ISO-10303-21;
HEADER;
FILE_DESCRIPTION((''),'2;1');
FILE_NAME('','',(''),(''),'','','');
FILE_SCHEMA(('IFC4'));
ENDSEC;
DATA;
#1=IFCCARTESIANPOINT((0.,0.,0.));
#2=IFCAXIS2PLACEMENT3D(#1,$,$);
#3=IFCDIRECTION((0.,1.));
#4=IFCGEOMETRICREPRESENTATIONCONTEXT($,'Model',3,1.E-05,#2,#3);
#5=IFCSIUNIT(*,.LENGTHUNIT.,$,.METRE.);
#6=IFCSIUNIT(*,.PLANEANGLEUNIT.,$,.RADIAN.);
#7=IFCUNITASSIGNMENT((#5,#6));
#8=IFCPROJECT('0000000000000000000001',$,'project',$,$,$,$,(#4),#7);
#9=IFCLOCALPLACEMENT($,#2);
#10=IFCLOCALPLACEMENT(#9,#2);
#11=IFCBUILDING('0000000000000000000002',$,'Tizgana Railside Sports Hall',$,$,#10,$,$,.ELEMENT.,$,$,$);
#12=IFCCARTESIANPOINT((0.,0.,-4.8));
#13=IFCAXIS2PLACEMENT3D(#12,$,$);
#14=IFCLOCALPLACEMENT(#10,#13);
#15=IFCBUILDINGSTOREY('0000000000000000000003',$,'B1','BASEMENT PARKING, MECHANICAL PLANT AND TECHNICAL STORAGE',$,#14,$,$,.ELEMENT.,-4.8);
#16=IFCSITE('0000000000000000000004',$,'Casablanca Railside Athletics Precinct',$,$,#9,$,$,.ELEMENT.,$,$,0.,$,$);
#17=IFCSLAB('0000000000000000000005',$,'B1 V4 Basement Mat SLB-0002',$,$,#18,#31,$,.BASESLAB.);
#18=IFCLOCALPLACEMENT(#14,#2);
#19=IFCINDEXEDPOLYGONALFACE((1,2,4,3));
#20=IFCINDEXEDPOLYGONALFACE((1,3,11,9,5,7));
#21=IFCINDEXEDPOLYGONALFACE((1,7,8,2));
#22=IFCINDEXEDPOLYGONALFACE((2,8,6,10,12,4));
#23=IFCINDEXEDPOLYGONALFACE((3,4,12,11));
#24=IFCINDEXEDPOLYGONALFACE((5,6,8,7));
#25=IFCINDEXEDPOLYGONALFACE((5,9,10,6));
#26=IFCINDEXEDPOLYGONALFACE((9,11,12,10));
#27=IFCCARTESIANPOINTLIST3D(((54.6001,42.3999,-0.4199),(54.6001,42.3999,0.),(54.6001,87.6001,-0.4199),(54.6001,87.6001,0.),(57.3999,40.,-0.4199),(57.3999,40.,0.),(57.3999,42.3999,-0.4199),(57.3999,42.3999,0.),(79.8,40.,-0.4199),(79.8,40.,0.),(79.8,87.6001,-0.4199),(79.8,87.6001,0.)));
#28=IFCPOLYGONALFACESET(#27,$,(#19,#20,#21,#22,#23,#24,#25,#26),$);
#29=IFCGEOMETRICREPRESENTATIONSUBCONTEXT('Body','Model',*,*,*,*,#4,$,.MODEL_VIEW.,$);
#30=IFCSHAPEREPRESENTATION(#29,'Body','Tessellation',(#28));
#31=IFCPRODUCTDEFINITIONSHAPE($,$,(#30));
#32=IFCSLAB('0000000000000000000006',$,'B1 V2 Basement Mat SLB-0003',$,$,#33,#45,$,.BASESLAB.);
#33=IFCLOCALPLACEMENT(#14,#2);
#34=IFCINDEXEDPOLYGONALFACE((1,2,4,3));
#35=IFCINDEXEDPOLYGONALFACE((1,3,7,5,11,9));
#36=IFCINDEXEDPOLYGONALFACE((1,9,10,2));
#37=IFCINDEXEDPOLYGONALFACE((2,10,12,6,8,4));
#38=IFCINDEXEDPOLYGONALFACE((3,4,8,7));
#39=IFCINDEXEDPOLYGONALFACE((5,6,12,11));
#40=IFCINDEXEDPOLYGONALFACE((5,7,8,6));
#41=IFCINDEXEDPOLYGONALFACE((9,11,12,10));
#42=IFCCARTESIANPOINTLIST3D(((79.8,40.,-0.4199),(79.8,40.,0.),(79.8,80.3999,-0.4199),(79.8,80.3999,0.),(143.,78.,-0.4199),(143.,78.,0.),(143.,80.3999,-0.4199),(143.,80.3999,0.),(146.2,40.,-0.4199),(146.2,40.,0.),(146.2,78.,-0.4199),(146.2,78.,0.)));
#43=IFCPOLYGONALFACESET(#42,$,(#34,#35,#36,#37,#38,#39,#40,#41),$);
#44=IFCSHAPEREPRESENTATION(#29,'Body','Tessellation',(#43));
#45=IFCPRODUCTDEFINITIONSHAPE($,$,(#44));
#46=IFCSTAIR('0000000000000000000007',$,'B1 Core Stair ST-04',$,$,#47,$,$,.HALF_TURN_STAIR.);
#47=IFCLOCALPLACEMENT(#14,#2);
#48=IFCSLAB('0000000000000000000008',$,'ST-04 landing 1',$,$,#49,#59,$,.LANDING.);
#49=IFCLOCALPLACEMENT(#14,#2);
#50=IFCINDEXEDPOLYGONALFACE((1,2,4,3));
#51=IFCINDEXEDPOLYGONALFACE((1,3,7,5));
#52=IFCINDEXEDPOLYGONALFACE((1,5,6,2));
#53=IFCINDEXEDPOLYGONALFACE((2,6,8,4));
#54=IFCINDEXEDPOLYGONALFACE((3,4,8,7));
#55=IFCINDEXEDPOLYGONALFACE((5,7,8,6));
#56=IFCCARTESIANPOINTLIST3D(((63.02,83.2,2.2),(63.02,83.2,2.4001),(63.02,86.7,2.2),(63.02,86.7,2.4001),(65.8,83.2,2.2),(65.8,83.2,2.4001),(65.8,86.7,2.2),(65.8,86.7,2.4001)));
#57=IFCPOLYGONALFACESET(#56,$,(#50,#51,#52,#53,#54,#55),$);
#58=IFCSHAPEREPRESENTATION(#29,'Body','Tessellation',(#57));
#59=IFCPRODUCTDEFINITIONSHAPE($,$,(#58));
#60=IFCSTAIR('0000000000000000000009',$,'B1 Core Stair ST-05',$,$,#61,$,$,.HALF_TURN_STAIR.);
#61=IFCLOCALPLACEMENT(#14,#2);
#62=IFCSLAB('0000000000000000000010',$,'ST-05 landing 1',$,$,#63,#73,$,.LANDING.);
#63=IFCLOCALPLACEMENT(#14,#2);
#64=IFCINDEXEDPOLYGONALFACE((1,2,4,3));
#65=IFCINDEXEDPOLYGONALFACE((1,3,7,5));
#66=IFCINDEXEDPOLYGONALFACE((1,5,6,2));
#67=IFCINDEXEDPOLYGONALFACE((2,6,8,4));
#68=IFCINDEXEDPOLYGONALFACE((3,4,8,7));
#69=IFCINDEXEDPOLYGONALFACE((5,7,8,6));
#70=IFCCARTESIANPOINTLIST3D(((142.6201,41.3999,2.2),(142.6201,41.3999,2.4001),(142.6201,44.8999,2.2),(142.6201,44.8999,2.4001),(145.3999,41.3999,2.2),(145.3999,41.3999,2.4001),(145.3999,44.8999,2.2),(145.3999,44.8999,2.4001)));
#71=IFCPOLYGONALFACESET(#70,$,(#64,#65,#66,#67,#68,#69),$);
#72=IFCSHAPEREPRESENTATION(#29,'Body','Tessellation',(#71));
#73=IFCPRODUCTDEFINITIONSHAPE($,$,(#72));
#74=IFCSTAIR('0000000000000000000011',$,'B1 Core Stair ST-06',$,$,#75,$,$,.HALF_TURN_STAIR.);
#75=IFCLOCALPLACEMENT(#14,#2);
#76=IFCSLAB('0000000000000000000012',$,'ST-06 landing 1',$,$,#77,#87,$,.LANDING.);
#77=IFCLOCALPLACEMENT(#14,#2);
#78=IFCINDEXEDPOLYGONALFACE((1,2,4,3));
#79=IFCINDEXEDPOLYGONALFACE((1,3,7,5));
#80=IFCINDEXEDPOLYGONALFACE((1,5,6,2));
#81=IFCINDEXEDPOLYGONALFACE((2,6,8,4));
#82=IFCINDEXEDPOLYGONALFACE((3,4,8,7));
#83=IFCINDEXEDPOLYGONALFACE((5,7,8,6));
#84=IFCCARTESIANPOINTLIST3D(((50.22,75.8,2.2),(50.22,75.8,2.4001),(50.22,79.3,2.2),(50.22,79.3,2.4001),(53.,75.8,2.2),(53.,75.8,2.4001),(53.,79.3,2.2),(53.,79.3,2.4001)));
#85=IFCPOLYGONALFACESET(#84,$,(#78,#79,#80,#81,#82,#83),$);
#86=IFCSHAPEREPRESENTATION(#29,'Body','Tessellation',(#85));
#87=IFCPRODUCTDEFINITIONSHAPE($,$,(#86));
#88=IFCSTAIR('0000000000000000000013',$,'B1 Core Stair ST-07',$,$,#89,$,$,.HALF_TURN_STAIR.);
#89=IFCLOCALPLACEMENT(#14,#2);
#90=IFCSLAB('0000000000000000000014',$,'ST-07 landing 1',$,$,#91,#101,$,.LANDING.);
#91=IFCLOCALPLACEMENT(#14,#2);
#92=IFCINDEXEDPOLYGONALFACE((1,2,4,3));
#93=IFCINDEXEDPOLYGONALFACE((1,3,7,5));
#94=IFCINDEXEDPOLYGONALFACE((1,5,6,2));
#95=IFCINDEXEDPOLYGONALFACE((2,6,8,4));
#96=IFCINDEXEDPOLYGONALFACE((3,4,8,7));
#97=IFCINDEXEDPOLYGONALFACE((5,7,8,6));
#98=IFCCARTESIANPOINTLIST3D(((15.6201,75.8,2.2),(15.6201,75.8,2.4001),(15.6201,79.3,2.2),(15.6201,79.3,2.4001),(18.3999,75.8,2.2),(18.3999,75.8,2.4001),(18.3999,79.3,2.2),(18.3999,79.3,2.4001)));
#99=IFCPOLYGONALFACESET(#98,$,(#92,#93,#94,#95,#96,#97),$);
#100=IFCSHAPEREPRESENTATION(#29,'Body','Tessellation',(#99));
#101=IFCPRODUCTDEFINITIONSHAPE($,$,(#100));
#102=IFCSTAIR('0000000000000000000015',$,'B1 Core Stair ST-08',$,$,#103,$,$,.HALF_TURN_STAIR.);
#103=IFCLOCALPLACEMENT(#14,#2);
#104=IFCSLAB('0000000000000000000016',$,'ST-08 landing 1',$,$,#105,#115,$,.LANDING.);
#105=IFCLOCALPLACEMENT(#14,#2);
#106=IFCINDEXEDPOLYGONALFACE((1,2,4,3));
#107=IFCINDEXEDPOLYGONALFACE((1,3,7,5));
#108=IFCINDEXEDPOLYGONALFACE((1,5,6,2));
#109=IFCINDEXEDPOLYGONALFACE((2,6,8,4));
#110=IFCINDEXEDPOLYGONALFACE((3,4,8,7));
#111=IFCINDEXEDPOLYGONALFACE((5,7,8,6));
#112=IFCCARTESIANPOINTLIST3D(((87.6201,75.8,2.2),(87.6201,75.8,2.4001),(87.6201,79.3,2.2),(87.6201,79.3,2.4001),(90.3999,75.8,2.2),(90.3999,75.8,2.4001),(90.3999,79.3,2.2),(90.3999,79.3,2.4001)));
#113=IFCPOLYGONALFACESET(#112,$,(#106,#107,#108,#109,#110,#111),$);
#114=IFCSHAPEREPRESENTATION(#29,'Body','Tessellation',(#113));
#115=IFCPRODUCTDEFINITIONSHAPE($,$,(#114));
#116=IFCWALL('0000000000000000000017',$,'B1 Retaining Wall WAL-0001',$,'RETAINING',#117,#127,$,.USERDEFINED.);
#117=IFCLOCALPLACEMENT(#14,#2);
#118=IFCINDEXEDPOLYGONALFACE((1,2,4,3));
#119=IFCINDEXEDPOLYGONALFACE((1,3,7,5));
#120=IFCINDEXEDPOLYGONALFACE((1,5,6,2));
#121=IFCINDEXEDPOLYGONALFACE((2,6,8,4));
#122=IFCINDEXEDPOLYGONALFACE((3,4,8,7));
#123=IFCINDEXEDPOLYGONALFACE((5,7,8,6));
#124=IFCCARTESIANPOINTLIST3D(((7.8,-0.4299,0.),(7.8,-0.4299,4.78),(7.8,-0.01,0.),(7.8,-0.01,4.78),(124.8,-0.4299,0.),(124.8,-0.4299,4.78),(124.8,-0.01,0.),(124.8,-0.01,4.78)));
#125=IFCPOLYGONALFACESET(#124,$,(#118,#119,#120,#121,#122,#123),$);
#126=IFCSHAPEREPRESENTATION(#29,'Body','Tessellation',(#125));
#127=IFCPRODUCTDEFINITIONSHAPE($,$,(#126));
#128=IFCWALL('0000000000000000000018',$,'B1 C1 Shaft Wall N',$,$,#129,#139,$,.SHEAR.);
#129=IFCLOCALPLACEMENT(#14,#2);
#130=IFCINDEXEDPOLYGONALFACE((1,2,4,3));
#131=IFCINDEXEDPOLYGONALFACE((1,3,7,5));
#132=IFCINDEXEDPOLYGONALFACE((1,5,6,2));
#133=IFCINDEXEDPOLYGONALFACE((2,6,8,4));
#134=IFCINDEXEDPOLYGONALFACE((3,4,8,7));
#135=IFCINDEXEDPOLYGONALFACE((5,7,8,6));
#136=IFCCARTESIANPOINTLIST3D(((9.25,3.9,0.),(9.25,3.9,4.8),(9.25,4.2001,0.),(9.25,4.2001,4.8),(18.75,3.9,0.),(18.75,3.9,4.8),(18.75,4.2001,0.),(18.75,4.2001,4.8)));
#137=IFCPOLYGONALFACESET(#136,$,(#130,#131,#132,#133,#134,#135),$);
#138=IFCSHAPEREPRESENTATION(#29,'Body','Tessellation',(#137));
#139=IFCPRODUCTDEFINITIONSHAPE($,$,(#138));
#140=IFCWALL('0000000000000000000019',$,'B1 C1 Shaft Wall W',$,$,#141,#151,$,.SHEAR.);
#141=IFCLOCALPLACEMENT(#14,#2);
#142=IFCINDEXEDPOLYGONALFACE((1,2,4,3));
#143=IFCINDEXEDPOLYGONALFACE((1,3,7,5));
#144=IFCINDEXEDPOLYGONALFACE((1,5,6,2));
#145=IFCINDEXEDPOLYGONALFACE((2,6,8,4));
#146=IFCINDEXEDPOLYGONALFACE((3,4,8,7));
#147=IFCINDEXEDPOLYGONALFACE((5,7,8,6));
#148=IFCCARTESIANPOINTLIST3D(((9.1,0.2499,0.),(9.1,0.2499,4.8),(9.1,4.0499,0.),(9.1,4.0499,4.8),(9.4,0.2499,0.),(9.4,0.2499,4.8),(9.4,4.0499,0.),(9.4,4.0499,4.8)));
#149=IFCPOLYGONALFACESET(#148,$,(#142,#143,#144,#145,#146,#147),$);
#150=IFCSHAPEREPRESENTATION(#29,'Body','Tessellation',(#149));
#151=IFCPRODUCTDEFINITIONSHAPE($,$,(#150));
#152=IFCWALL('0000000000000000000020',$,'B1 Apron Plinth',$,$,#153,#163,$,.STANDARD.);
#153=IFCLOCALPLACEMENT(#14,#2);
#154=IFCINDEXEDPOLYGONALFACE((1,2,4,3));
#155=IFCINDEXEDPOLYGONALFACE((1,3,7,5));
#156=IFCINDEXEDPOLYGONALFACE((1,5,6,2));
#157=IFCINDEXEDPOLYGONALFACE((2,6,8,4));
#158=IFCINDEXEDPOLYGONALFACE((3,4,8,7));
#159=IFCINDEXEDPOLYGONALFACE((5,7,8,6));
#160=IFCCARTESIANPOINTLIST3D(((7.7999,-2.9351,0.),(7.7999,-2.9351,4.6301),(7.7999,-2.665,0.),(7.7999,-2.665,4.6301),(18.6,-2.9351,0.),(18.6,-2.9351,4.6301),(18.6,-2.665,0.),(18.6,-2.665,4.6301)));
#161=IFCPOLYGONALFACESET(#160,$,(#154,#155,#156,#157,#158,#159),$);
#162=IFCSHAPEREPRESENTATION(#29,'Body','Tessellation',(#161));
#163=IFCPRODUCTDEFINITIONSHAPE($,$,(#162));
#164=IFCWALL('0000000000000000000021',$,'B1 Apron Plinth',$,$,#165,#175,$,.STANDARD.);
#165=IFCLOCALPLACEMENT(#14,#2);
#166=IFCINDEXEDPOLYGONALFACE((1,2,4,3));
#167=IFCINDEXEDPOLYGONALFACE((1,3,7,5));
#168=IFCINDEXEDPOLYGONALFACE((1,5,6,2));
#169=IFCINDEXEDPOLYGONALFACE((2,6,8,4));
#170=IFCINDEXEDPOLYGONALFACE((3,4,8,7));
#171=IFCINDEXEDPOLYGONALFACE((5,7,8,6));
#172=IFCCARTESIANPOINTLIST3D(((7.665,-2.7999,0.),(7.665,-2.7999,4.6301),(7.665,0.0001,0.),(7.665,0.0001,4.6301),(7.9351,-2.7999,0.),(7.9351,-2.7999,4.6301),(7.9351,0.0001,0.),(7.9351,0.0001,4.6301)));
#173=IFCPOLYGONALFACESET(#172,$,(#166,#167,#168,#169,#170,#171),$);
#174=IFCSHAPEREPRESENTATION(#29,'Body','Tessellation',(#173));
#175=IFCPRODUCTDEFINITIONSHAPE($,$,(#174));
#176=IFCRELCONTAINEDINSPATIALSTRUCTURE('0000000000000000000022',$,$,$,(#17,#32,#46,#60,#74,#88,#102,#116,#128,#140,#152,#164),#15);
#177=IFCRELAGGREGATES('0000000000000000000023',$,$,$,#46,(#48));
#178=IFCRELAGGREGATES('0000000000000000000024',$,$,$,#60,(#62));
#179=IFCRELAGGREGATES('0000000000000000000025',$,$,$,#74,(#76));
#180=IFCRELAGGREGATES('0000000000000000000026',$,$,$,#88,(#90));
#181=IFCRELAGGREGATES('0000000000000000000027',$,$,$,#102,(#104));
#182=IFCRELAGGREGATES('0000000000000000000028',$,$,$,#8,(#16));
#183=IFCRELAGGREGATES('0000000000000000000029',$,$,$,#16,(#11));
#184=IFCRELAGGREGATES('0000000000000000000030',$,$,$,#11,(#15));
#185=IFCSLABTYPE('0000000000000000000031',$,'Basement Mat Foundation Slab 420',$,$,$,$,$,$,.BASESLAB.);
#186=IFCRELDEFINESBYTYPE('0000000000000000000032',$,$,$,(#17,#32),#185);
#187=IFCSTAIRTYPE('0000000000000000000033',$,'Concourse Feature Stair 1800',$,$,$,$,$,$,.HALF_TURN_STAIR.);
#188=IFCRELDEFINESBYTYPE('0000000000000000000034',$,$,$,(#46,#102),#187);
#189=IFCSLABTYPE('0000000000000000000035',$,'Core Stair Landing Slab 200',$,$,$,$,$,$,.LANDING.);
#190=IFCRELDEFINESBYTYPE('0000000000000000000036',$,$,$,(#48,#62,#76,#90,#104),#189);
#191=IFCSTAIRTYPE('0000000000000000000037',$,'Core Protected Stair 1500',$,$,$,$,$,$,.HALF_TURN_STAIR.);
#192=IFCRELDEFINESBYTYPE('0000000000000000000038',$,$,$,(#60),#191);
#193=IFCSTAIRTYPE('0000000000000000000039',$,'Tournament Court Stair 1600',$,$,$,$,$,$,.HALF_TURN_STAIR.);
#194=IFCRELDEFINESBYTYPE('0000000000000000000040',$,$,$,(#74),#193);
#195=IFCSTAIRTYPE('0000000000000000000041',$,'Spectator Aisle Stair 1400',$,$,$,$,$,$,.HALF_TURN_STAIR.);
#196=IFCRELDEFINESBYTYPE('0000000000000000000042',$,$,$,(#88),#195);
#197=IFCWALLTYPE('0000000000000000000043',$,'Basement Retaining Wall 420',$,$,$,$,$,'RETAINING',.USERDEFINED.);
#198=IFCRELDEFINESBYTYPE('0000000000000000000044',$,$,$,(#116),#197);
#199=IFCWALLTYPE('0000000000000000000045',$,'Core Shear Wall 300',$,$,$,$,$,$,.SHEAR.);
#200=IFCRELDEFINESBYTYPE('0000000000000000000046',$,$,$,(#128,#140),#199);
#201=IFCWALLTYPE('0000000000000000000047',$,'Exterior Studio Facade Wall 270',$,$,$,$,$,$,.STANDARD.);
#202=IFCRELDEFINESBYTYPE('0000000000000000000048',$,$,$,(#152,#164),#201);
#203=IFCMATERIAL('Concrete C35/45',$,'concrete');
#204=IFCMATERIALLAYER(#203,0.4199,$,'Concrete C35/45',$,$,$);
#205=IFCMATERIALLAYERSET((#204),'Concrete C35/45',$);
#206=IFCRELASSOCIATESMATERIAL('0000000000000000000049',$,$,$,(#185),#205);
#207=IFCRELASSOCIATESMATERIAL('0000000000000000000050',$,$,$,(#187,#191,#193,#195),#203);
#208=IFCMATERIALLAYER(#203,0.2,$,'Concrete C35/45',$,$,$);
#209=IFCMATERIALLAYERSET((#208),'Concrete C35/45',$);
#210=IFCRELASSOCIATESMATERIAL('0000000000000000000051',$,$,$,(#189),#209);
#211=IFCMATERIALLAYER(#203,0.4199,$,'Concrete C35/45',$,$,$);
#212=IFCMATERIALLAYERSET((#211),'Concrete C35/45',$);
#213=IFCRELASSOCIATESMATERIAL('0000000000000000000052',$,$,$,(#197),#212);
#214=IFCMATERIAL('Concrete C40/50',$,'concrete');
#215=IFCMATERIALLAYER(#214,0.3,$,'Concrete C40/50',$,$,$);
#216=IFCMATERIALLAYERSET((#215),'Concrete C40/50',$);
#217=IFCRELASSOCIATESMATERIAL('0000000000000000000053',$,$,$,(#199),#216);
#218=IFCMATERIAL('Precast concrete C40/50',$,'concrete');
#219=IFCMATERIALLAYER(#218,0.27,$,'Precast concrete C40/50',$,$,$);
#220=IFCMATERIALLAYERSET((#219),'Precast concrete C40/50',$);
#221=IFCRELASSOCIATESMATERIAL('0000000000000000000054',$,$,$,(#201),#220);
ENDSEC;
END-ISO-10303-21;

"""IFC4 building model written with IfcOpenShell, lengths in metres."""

from ifc_helpers import new_model, si_unit, direction, frame, frame_2d, origin, place, context, subcontext, project, spatial, polyline, rectangle, outline, extrude, material, layer, layer_set, type_object, element, aggregate, save


model = new_model("IFC4")

# Units and contexts
model_context = context("Model", 3, precision=1e-05, world=origin(), true_north=direction((0.0, 1.0)))
body_context = subcontext(model_context, "Body", "Model", "MODEL_VIEW")
ifc_project = project(units=[si_unit("LENGTHUNIT", "METRE"), si_unit("PLANEANGLEUNIT", "RADIAN")], contexts=[model_context])

# Site, building, storey
site_placement = place(None, origin())
site = spatial("IfcSite", under=ifc_project, at=site_placement, Name="Casablanca Railside Athletics Precinct", CompositionType="ELEMENT", RefElevation=0.0)
building_placement = place(site_placement, origin())
building = spatial("IfcBuilding", under=site, at=building_placement, Name="Tizgana Railside Sports Hall", CompositionType="ELEMENT")
storey_placement = place(building_placement, frame((0.0, 0.0, -4.8)))
storey = spatial("IfcBuildingStorey", under=building, at=storey_placement, Name="B1", Description="BASEMENT PARKING, MECHANICAL PLANT AND TECHNICAL STORAGE", CompositionType="ELEMENT", Elevation=-4.8)

# Shared definitions
ifc_material_1 = material(Name="Concrete C35/45", Category="concrete")

# Shared definitions
ifc_material_2 = material(Name="Concrete C40/50", Category="concrete")

# Slabs
ifc_layer_1 = layer(ifc_material_1, 0.4199, Name="Concrete C35/45")
ifc_layer_set_1 = layer_set([ifc_layer_1], Name="Concrete C35/45")
slab_type_1 = type_object("IfcSlabType", Name="Basement Mat Foundation Slab 420", PredefinedType="BASESLAB", material=ifc_layer_set_1)
slab_1_placement = place(storey_placement, frame((0.0, 0.0, -0.4199)))
element("IfcSlab", 1, at=slab_1_placement, inside=storey, type_object=slab_type_1, Name="B1 V4 Basement Mat SLB-0002", PredefinedType="BASESLAB", context=body_context, shape_type="SweptSolid", body=[
    extrude(outline(polyline([(57.3999, 40.0), (79.8, 40.0), (79.8, 87.6001), (54.6001, 87.6001), (54.6001, 42.3999), (57.3999, 42.3999), (57.3999, 40.0)])), origin(), (0.0, 0.0, 1.0), 0.4199),
])
slab_2_placement = place(storey_placement, frame((0.0, 0.0, -0.4199)))
element("IfcSlab", 2, at=slab_2_placement, inside=storey, type_object=slab_type_1, Name="B1 V2 Basement Mat SLB-0003", PredefinedType="BASESLAB", context=body_context, shape_type="SweptSolid", body=[
    extrude(outline(polyline([(79.8, 40.0), (146.2, 40.0), (146.2, 78.0), (143.0, 78.0), (143.0, 80.3999), (79.8, 80.3999), (79.8, 40.0)])), origin(), (0.0, 0.0, 1.0), 0.4199),
])

# Stairs, slabs
stair_type_1 = type_object("IfcStairType", Name="Concourse Feature Stair 1800", PredefinedType="HALF_TURN_STAIR", material=ifc_material_1)
stair_1_placement = place(storey_placement, origin())
stair_1 = element("IfcStair", 3, at=stair_1_placement, inside=storey, type_object=stair_type_1, Name="B1 Core Stair ST-04", PredefinedType="HALF_TURN_STAIR")
ifc_layer_2 = layer(ifc_material_1, 0.2, Name="Concrete C35/45")
ifc_layer_set_2 = layer_set([ifc_layer_2], Name="Concrete C35/45")
slab_type_2 = type_object("IfcSlabType", Name="Core Stair Landing Slab 200", PredefinedType="LANDING", material=ifc_layer_set_2)
slab_3_placement = place(storey_placement, frame((0.0, 0.0, 2.2)))
slab_3 = element("IfcSlab", 4, at=slab_3_placement, type_object=slab_type_2, Name="ST-04 landing 1", PredefinedType="LANDING", context=body_context, shape_type="SweptSolid", body=[
    extrude(outline(polyline([(63.02, 83.2), (65.8, 83.2), (65.8, 86.7), (63.02, 86.7), (63.02, 83.2)])), origin(), (0.0, 0.0, 1.0), 0.2002),
])
aggregate(stair_1, [slab_3])
stair_type_2 = type_object("IfcStairType", Name="Core Protected Stair 1500", PredefinedType="HALF_TURN_STAIR", material=ifc_material_1)
stair_2_placement = place(storey_placement, origin())
stair_2 = element("IfcStair", 5, at=stair_2_placement, inside=storey, type_object=stair_type_2, Name="B1 Core Stair ST-05", PredefinedType="HALF_TURN_STAIR")
slab_4_placement = place(storey_placement, frame((0.0, 0.0, 2.2)))
slab_4 = element("IfcSlab", 6, at=slab_4_placement, type_object=slab_type_2, Name="ST-05 landing 1", PredefinedType="LANDING", context=body_context, shape_type="SweptSolid", body=[
    extrude(outline(polyline([(142.6201, 41.3999), (145.3999, 41.3999), (145.3999, 44.8999), (142.6201, 44.8999), (142.6201, 41.3999)])), origin(), (0.0, 0.0, 1.0), 0.2002),
])
aggregate(stair_2, [slab_4])
stair_type_3 = type_object("IfcStairType", Name="Tournament Court Stair 1600", PredefinedType="HALF_TURN_STAIR", material=ifc_material_1)
stair_3_placement = place(storey_placement, origin())
stair_3 = element("IfcStair", 7, at=stair_3_placement, inside=storey, type_object=stair_type_3, Name="B1 Core Stair ST-06", PredefinedType="HALF_TURN_STAIR")
slab_5_placement = place(storey_placement, frame((0.0, 0.0, 2.2)))
slab_5 = element("IfcSlab", 8, at=slab_5_placement, type_object=slab_type_2, Name="ST-06 landing 1", PredefinedType="LANDING", context=body_context, shape_type="SweptSolid", body=[
    extrude(outline(polyline([(50.22, 75.8), (53.0, 75.8), (53.0, 79.3), (50.22, 79.3), (50.22, 75.8)])), origin(), (0.0, 0.0, 1.0), 0.2002),
])
aggregate(stair_3, [slab_5])
stair_type_4 = type_object("IfcStairType", Name="Spectator Aisle Stair 1400", PredefinedType="HALF_TURN_STAIR", material=ifc_material_1)
stair_4_placement = place(storey_placement, origin())
stair_4 = element("IfcStair", 9, at=stair_4_placement, inside=storey, type_object=stair_type_4, Name="B1 Core Stair ST-07", PredefinedType="HALF_TURN_STAIR")
slab_6_placement = place(storey_placement, frame((0.0, 0.0, 2.2)))
slab_6 = element("IfcSlab", 10, at=slab_6_placement, type_object=slab_type_2, Name="ST-07 landing 1", PredefinedType="LANDING", context=body_context, shape_type="SweptSolid", body=[
    extrude(outline(polyline([(15.6201, 75.8), (18.3999, 75.8), (18.3999, 79.3), (15.6201, 79.3), (15.6201, 75.8)])), origin(), (0.0, 0.0, 1.0), 0.2002),
])
aggregate(stair_4, [slab_6])
stair_5_placement = place(storey_placement, origin())
stair_5 = element("IfcStair", 11, at=stair_5_placement, inside=storey, type_object=stair_type_1, Name="B1 Core Stair ST-08", PredefinedType="HALF_TURN_STAIR")
slab_7_placement = place(storey_placement, frame((0.0, 0.0, 2.2)))
slab_7 = element("IfcSlab", 12, at=slab_7_placement, type_object=slab_type_2, Name="ST-08 landing 1", PredefinedType="LANDING", context=body_context, shape_type="SweptSolid", body=[
    extrude(outline(polyline([(87.6201, 75.8), (90.3999, 75.8), (90.3999, 79.3), (87.6201, 79.3), (87.6201, 75.8)])), origin(), (0.0, 0.0, 1.0), 0.2002),
])
aggregate(stair_5, [slab_7])

# Walls
ifc_layer_3 = layer(ifc_material_1, 0.4199, Name="Concrete C35/45")
ifc_layer_set_3 = layer_set([ifc_layer_3], Name="Concrete C35/45")
wall_type_1 = type_object("IfcWallType", Name="Basement Retaining Wall 420", ElementType="RETAINING", PredefinedType="USERDEFINED", material=ifc_layer_set_3)
wall_1_placement = place(storey_placement, frame((7.8, -0.22, 0.0), z_axis=(0.0, 0.0, 1.0), x_axis=(1.0, 0.0, 0.0)))
element("IfcWall", 13, at=wall_1_placement, inside=storey, type_object=wall_type_1, Name="B1 Retaining Wall WAL-0001", ObjectType="RETAINING", PredefinedType="USERDEFINED", context=body_context, shape_type="SweptSolid", body=[
    extrude(rectangle(XDim=117.0, YDim=0.4199, at=frame_2d((58.5, 0.0))), origin(), (0.0, 0.0, 1.0), 4.78),
])
ifc_layer_4 = layer(ifc_material_2, 0.3, Name="Concrete C40/50")
ifc_layer_set_4 = layer_set([ifc_layer_4], Name="Concrete C40/50")
wall_type_2 = type_object("IfcWallType", Name="Core Shear Wall 300", PredefinedType="SHEAR", material=ifc_layer_set_4)
wall_2_placement = place(storey_placement, frame((9.25, 4.05, 0.0), z_axis=(0.0, 0.0, 1.0), x_axis=(1.0, 0.0, 0.0)))
element("IfcWall", 14, at=wall_2_placement, inside=storey, type_object=wall_type_2, Name="B1 C1 Shaft Wall N", PredefinedType="SHEAR", context=body_context, shape_type="SweptSolid", body=[
    extrude(rectangle(XDim=9.5, YDim=0.3, at=frame_2d((4.75, 0.0))), origin(), (0.0, 0.0, 1.0), 4.8),
])
wall_3_placement = place(storey_placement, frame((9.25, 0.25, 0.0), z_axis=(0.0, 0.0, 1.0), x_axis=(0.0, 1.0, 0.0)))
element("IfcWall", 15, at=wall_3_placement, inside=storey, type_object=wall_type_2, Name="B1 C1 Shaft Wall W", PredefinedType="SHEAR", context=body_context, shape_type="SweptSolid", body=[
    extrude(rectangle(XDim=3.8, YDim=0.3, at=frame_2d((1.8999, 0.0))), origin(), (0.0, 0.0, 1.0), 4.8),
])
ifc_material_3 = material(Name="Precast concrete C40/50", Category="concrete")
ifc_layer_5 = layer(ifc_material_3, 0.27, Name="Precast concrete C40/50")
ifc_layer_set_5 = layer_set([ifc_layer_5], Name="Precast concrete C40/50")
wall_type_3 = type_object("IfcWallType", Name="Exterior Studio Facade Wall 270", PredefinedType="STANDARD", material=ifc_layer_set_5)
wall_4_placement = place(storey_placement, frame((7.8, -2.8, 0.0), z_axis=(0.0, 0.0, 1.0), x_axis=(1.0, 0.0, 0.0)))
element("IfcWall", 16, at=wall_4_placement, inside=storey, type_object=wall_type_3, Name="B1 Apron Plinth", PredefinedType="STANDARD", context=body_context, shape_type="SweptSolid", body=[
    extrude(rectangle(XDim=10.8, YDim=0.27, at=frame_2d((5.3999, 0.0))), origin(), (0.0, 0.0, 1.0), 4.6301),
])
wall_5_placement = place(storey_placement, frame((7.8, 0.0, 0.0), z_axis=(0.0, 0.0, 1.0), x_axis=(0.0, -1.0, 0.0)))
element("IfcWall", 17, at=wall_5_placement, inside=storey, type_object=wall_type_3, Name="B1 Apron Plinth", PredefinedType="STANDARD", context=body_context, shape_type="SweptSolid", body=[
    extrude(rectangle(XDim=2.8, YDim=0.27, at=frame_2d((1.3999, 0.0))), origin(), (0.0, 0.0, 1.0), 4.6301),
])

save(model, "model.ifc")
